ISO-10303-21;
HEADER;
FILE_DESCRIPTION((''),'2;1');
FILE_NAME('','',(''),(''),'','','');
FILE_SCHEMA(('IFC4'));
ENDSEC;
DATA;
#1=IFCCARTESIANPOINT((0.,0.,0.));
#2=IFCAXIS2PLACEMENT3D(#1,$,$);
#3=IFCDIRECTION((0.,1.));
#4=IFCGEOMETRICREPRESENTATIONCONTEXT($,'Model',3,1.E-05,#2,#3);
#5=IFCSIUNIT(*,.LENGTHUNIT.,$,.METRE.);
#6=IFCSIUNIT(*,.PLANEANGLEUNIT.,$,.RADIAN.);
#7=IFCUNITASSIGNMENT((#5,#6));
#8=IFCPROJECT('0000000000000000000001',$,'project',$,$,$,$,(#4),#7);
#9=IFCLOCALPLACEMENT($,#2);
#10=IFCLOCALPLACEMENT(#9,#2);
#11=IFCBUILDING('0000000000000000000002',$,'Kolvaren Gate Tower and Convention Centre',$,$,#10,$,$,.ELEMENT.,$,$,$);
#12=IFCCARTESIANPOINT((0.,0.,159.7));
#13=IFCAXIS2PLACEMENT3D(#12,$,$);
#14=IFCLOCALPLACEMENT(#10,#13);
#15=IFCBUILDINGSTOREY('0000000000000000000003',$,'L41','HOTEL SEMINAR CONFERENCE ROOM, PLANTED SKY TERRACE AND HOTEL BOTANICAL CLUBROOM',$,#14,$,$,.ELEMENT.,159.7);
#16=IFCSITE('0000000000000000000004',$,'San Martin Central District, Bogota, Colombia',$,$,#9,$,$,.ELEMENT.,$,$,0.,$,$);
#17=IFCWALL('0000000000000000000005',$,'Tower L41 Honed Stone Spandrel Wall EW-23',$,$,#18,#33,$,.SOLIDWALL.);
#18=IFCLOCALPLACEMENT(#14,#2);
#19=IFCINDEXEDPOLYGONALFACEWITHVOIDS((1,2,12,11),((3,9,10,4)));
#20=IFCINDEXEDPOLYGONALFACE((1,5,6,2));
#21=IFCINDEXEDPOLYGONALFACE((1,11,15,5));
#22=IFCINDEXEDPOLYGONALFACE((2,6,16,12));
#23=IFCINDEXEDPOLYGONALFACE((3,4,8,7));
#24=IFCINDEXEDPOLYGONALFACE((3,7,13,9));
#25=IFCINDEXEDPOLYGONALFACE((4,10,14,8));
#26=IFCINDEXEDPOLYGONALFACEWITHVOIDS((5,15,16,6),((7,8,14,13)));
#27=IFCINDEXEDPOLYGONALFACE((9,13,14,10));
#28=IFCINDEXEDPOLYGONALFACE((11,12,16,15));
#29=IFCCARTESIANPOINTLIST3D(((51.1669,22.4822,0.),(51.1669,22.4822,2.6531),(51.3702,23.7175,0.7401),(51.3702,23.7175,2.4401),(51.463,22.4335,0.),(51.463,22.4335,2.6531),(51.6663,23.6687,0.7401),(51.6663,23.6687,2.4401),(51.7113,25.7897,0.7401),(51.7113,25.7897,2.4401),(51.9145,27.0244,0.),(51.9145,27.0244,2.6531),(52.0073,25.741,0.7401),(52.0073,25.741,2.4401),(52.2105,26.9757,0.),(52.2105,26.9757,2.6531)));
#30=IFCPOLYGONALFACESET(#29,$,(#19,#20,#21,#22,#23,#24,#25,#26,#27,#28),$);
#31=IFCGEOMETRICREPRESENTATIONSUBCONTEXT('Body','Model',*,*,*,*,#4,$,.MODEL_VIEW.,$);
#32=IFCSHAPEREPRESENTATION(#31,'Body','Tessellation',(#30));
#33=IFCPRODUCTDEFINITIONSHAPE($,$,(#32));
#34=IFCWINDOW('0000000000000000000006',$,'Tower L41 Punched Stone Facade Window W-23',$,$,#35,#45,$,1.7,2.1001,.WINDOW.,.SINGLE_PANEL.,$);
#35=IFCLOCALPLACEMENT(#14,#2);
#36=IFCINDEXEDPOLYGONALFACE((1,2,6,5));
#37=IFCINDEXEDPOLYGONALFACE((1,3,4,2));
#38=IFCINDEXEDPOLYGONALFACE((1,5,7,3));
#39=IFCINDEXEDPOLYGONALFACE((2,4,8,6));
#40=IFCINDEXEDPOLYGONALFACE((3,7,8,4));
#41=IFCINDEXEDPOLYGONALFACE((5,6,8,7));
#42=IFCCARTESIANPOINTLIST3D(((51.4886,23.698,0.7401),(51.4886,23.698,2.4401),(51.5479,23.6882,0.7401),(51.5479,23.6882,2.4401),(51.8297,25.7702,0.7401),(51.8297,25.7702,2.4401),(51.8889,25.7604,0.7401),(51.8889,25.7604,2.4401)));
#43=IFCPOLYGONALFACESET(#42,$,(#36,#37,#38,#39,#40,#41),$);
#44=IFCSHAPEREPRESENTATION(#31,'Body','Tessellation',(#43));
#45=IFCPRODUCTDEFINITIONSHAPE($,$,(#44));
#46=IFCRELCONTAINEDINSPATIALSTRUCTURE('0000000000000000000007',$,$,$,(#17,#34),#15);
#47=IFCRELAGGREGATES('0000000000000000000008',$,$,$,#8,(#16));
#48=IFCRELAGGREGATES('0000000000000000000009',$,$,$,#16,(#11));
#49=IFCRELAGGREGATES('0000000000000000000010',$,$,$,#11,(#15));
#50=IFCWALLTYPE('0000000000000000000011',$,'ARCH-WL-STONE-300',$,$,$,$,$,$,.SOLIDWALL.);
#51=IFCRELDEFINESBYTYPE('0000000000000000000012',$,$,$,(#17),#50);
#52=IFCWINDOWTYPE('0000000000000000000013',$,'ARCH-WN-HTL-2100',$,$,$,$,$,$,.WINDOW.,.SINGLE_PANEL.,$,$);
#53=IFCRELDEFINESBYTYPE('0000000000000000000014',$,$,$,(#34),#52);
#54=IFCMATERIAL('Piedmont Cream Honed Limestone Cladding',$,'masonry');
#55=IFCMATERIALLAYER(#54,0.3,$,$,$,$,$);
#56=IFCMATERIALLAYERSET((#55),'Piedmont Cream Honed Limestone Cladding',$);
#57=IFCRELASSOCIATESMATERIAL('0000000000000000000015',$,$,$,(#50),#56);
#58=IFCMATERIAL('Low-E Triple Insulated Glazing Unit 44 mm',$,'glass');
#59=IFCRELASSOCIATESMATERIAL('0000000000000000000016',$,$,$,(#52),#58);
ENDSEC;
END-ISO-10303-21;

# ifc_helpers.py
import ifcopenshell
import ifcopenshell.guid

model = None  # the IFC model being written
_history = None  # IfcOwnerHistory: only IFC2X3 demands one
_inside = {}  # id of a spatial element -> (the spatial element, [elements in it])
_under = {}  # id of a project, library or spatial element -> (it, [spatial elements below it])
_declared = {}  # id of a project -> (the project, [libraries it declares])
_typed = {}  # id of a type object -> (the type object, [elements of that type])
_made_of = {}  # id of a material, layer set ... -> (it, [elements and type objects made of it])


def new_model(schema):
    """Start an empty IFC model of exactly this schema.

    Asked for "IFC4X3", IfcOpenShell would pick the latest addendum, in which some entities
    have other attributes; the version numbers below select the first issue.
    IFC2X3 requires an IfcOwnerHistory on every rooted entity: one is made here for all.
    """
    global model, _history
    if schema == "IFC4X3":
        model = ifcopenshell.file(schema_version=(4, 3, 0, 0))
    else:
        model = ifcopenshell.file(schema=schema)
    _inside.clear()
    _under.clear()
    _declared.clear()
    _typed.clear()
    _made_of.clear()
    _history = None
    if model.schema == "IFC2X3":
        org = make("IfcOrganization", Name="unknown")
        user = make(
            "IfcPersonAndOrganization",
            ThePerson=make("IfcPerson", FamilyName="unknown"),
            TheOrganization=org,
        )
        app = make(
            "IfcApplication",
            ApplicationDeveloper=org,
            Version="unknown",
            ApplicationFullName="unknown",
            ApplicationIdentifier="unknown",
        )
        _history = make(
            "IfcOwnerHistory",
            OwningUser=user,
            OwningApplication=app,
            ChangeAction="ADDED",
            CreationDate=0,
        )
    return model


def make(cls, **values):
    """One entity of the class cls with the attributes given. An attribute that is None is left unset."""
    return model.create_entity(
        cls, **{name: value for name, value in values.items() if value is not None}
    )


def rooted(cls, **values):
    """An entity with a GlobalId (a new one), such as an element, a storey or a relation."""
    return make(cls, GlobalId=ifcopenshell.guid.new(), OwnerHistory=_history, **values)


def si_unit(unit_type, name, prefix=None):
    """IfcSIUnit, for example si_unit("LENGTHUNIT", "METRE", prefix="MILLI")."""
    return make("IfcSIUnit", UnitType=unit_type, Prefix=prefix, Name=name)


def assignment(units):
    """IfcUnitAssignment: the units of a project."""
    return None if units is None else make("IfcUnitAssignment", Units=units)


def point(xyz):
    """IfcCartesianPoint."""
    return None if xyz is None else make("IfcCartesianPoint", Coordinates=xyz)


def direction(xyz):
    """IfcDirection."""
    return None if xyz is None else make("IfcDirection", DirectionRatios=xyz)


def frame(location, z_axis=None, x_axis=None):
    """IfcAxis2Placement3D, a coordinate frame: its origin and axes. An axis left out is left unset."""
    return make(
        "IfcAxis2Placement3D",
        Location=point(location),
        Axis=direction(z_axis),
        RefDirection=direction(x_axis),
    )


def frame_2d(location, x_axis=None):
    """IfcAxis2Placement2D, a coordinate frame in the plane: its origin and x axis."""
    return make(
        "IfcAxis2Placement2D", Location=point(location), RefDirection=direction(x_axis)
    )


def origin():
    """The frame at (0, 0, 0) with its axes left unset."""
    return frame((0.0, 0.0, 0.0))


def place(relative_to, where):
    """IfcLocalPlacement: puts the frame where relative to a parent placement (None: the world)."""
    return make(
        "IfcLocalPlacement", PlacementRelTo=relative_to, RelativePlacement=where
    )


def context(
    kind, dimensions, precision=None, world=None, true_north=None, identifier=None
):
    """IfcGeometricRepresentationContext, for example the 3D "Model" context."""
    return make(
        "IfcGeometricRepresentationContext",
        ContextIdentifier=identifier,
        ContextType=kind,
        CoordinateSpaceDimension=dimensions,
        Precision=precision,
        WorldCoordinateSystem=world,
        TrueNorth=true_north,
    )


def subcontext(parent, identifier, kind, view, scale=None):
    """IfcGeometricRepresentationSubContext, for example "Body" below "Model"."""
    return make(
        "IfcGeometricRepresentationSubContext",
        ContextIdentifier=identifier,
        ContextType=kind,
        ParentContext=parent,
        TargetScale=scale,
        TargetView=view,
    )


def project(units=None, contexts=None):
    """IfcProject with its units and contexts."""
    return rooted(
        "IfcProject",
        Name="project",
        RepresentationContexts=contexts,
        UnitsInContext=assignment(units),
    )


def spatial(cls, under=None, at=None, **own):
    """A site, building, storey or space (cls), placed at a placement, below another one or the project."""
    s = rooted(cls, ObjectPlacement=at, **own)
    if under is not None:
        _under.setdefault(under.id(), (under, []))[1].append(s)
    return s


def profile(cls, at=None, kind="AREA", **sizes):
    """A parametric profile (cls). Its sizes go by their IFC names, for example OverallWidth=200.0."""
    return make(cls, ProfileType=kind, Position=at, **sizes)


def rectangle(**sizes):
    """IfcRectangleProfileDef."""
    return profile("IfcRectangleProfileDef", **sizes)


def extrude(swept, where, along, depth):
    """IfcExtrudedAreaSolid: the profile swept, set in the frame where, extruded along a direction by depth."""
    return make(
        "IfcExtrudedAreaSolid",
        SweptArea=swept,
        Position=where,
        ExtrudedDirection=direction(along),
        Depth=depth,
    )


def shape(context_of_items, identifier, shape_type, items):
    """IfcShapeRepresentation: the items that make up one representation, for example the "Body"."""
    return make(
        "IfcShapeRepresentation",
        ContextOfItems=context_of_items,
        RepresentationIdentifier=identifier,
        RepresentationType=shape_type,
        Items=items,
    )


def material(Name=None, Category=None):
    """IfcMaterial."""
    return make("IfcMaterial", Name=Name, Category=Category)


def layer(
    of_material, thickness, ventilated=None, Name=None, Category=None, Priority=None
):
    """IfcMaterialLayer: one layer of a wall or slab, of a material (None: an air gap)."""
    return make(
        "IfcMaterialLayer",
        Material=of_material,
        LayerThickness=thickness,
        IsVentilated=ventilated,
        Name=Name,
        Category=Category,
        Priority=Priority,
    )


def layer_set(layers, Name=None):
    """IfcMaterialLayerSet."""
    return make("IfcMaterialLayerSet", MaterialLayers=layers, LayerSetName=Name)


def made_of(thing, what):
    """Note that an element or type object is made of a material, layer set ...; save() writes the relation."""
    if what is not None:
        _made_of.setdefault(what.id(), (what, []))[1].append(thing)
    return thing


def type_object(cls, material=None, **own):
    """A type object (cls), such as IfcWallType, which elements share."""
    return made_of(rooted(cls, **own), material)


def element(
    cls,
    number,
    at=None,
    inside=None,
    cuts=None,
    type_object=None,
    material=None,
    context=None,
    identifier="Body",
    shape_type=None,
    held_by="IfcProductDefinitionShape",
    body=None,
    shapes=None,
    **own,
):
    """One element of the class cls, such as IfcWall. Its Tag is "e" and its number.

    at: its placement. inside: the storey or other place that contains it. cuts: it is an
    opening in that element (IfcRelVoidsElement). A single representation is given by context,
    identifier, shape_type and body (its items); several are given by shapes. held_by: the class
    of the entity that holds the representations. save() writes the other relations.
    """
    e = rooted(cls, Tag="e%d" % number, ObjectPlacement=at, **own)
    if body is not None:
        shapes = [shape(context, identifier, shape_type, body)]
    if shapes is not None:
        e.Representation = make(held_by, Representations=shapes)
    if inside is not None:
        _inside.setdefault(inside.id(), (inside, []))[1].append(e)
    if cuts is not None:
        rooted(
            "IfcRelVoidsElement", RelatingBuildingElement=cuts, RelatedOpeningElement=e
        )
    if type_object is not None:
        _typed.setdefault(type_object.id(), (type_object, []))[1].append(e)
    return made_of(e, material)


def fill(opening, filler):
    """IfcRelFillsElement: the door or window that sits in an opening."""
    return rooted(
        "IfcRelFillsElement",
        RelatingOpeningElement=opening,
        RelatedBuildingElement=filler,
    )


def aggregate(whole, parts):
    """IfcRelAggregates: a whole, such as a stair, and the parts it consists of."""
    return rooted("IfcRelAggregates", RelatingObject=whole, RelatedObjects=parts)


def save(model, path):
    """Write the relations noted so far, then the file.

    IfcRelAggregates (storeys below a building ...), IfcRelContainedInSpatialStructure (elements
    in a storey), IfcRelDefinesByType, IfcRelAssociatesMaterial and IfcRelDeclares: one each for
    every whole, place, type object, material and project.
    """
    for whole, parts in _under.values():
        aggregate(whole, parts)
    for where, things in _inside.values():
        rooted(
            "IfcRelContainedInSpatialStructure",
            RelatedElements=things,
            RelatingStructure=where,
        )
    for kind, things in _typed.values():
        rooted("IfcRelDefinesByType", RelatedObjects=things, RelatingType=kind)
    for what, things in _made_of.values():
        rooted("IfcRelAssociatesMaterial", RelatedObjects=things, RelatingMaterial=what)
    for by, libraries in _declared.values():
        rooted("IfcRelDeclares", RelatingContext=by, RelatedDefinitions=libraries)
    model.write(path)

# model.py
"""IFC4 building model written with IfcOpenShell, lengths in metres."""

from ifc_helpers import new_model, si_unit, direction, frame, frame_2d, origin, place, context, subcontext, project, spatial, rectangle, extrude, material, layer, layer_set, type_object, element, fill, save


model = new_model("IFC4")

# Units and contexts
model_context = context("Model", 3, precision=1e-05, world=origin(), true_north=direction((0.0, 1.0)))
body_context = subcontext(model_context, "Body", "Model", "MODEL_VIEW")
ifc_project = project(units=[si_unit("LENGTHUNIT", "METRE"), si_unit("PLANEANGLEUNIT", "RADIAN")], contexts=[model_context])

# Site, building, storey
site_placement = place(None, origin())
site = spatial("IfcSite", under=ifc_project, at=site_placement, Name="San Martin Central District, Bogota, Colombia", CompositionType="ELEMENT", RefElevation=0.0)
building_placement = place(site_placement, origin())
building = spatial("IfcBuilding", under=site, at=building_placement, Name="Kolvaren Gate Tower and Convention Centre", CompositionType="ELEMENT")
storey_placement = place(building_placement, frame((0.0, 0.0, 159.7)))
storey = spatial("IfcBuildingStorey", under=building, at=storey_placement, Name="L41", Description="HOTEL SEMINAR CONFERENCE ROOM, PLANTED SKY TERRACE AND HOTEL BOTANICAL CLUBROOM", CompositionType="ELEMENT", Elevation=159.7)

# Shared definitions
ifc_material_1 = material(Name="Piedmont Cream Honed Limestone Cladding", Category="masonry")

# Shared definitions
ifc_layer_1 = layer(ifc_material_1, 0.3)
ifc_layer_set_1 = layer_set([ifc_layer_1], Name="Piedmont Cream Honed Limestone Cladding")
wall_type_1 = type_object("IfcWallType", Name="ARCH-WL-STONE-300", PredefinedType="SOLIDWALL", material=ifc_layer_set_1)
ifc_material_2 = material(Name="Low-E Triple Insulated Glazing Unit 44 mm", Category="glass")
window_type = type_object("IfcWindowType", Name="ARCH-WN-HTL-2100", PartitioningType="SINGLE_PANEL", PredefinedType="WINDOW", material=ifc_material_2)

# Wall, opening, window
wall_1_placement = place(storey_placement, frame((51.3149, 22.4578, 0.0), z_axis=(0.0, 0.0, 1.0), x_axis=(0.162395, 0.986726, 0.0)))
wall_1 = element("IfcWall", 1, at=wall_1_placement, inside=storey, type_object=wall_type_1, Name="Tower L41 Honed Stone Spandrel Wall EW-23", PredefinedType="SOLIDWALL", context=body_context, shape_type="SweptSolid", body=[
    extrude(rectangle(XDim=4.6033, YDim=0.3, at=frame_2d((2.3018, 0.0))), origin(), (0.0, 0.0, 1.0), 2.6531),
])
opening_1_placement = place(wall_1_placement, frame((1.252, 0.0, 0.74)))
opening_1 = element("IfcOpeningElement", 2, at=opening_1_placement, cuts=wall_1, PredefinedType="OPENING", context=body_context, shape_type="SweptSolid", body=[
    extrude(rectangle(XDim=2.1001, YDim=1.7, at=frame_2d((1.05, 0.8501))), frame((0.0, 0.1599, 0.0), z_axis=(0.0, -1.0, 0.0), x_axis=(1.0, 0.0, 0.0)), (0.0, 0.0, 1.0), 0.3201),
])
window_1_placement = place(opening_1_placement, origin())
window_1 = element("IfcWindow", 3, at=window_1_placement, inside=storey, type_object=window_type, Name="Tower L41 Punched Stone Facade Window W-23", OverallHeight=1.7, OverallWidth=2.1001, PartitioningType="SINGLE_PANEL", PredefinedType="WINDOW", context=body_context, shape_type="SweptSolid", body=[
    extrude(rectangle(XDim=2.1001, YDim=1.7, at=frame_2d((1.05, 0.8501))), frame((0.0, 0.03, 0.0), z_axis=(0.0, -1.0, 0.0), x_axis=(1.0, 0.0, 0.0)), (0.0, 0.0, 1.0), 0.0601),
])
fill(opening_1, window_1)

save(model, "model.ifc")
